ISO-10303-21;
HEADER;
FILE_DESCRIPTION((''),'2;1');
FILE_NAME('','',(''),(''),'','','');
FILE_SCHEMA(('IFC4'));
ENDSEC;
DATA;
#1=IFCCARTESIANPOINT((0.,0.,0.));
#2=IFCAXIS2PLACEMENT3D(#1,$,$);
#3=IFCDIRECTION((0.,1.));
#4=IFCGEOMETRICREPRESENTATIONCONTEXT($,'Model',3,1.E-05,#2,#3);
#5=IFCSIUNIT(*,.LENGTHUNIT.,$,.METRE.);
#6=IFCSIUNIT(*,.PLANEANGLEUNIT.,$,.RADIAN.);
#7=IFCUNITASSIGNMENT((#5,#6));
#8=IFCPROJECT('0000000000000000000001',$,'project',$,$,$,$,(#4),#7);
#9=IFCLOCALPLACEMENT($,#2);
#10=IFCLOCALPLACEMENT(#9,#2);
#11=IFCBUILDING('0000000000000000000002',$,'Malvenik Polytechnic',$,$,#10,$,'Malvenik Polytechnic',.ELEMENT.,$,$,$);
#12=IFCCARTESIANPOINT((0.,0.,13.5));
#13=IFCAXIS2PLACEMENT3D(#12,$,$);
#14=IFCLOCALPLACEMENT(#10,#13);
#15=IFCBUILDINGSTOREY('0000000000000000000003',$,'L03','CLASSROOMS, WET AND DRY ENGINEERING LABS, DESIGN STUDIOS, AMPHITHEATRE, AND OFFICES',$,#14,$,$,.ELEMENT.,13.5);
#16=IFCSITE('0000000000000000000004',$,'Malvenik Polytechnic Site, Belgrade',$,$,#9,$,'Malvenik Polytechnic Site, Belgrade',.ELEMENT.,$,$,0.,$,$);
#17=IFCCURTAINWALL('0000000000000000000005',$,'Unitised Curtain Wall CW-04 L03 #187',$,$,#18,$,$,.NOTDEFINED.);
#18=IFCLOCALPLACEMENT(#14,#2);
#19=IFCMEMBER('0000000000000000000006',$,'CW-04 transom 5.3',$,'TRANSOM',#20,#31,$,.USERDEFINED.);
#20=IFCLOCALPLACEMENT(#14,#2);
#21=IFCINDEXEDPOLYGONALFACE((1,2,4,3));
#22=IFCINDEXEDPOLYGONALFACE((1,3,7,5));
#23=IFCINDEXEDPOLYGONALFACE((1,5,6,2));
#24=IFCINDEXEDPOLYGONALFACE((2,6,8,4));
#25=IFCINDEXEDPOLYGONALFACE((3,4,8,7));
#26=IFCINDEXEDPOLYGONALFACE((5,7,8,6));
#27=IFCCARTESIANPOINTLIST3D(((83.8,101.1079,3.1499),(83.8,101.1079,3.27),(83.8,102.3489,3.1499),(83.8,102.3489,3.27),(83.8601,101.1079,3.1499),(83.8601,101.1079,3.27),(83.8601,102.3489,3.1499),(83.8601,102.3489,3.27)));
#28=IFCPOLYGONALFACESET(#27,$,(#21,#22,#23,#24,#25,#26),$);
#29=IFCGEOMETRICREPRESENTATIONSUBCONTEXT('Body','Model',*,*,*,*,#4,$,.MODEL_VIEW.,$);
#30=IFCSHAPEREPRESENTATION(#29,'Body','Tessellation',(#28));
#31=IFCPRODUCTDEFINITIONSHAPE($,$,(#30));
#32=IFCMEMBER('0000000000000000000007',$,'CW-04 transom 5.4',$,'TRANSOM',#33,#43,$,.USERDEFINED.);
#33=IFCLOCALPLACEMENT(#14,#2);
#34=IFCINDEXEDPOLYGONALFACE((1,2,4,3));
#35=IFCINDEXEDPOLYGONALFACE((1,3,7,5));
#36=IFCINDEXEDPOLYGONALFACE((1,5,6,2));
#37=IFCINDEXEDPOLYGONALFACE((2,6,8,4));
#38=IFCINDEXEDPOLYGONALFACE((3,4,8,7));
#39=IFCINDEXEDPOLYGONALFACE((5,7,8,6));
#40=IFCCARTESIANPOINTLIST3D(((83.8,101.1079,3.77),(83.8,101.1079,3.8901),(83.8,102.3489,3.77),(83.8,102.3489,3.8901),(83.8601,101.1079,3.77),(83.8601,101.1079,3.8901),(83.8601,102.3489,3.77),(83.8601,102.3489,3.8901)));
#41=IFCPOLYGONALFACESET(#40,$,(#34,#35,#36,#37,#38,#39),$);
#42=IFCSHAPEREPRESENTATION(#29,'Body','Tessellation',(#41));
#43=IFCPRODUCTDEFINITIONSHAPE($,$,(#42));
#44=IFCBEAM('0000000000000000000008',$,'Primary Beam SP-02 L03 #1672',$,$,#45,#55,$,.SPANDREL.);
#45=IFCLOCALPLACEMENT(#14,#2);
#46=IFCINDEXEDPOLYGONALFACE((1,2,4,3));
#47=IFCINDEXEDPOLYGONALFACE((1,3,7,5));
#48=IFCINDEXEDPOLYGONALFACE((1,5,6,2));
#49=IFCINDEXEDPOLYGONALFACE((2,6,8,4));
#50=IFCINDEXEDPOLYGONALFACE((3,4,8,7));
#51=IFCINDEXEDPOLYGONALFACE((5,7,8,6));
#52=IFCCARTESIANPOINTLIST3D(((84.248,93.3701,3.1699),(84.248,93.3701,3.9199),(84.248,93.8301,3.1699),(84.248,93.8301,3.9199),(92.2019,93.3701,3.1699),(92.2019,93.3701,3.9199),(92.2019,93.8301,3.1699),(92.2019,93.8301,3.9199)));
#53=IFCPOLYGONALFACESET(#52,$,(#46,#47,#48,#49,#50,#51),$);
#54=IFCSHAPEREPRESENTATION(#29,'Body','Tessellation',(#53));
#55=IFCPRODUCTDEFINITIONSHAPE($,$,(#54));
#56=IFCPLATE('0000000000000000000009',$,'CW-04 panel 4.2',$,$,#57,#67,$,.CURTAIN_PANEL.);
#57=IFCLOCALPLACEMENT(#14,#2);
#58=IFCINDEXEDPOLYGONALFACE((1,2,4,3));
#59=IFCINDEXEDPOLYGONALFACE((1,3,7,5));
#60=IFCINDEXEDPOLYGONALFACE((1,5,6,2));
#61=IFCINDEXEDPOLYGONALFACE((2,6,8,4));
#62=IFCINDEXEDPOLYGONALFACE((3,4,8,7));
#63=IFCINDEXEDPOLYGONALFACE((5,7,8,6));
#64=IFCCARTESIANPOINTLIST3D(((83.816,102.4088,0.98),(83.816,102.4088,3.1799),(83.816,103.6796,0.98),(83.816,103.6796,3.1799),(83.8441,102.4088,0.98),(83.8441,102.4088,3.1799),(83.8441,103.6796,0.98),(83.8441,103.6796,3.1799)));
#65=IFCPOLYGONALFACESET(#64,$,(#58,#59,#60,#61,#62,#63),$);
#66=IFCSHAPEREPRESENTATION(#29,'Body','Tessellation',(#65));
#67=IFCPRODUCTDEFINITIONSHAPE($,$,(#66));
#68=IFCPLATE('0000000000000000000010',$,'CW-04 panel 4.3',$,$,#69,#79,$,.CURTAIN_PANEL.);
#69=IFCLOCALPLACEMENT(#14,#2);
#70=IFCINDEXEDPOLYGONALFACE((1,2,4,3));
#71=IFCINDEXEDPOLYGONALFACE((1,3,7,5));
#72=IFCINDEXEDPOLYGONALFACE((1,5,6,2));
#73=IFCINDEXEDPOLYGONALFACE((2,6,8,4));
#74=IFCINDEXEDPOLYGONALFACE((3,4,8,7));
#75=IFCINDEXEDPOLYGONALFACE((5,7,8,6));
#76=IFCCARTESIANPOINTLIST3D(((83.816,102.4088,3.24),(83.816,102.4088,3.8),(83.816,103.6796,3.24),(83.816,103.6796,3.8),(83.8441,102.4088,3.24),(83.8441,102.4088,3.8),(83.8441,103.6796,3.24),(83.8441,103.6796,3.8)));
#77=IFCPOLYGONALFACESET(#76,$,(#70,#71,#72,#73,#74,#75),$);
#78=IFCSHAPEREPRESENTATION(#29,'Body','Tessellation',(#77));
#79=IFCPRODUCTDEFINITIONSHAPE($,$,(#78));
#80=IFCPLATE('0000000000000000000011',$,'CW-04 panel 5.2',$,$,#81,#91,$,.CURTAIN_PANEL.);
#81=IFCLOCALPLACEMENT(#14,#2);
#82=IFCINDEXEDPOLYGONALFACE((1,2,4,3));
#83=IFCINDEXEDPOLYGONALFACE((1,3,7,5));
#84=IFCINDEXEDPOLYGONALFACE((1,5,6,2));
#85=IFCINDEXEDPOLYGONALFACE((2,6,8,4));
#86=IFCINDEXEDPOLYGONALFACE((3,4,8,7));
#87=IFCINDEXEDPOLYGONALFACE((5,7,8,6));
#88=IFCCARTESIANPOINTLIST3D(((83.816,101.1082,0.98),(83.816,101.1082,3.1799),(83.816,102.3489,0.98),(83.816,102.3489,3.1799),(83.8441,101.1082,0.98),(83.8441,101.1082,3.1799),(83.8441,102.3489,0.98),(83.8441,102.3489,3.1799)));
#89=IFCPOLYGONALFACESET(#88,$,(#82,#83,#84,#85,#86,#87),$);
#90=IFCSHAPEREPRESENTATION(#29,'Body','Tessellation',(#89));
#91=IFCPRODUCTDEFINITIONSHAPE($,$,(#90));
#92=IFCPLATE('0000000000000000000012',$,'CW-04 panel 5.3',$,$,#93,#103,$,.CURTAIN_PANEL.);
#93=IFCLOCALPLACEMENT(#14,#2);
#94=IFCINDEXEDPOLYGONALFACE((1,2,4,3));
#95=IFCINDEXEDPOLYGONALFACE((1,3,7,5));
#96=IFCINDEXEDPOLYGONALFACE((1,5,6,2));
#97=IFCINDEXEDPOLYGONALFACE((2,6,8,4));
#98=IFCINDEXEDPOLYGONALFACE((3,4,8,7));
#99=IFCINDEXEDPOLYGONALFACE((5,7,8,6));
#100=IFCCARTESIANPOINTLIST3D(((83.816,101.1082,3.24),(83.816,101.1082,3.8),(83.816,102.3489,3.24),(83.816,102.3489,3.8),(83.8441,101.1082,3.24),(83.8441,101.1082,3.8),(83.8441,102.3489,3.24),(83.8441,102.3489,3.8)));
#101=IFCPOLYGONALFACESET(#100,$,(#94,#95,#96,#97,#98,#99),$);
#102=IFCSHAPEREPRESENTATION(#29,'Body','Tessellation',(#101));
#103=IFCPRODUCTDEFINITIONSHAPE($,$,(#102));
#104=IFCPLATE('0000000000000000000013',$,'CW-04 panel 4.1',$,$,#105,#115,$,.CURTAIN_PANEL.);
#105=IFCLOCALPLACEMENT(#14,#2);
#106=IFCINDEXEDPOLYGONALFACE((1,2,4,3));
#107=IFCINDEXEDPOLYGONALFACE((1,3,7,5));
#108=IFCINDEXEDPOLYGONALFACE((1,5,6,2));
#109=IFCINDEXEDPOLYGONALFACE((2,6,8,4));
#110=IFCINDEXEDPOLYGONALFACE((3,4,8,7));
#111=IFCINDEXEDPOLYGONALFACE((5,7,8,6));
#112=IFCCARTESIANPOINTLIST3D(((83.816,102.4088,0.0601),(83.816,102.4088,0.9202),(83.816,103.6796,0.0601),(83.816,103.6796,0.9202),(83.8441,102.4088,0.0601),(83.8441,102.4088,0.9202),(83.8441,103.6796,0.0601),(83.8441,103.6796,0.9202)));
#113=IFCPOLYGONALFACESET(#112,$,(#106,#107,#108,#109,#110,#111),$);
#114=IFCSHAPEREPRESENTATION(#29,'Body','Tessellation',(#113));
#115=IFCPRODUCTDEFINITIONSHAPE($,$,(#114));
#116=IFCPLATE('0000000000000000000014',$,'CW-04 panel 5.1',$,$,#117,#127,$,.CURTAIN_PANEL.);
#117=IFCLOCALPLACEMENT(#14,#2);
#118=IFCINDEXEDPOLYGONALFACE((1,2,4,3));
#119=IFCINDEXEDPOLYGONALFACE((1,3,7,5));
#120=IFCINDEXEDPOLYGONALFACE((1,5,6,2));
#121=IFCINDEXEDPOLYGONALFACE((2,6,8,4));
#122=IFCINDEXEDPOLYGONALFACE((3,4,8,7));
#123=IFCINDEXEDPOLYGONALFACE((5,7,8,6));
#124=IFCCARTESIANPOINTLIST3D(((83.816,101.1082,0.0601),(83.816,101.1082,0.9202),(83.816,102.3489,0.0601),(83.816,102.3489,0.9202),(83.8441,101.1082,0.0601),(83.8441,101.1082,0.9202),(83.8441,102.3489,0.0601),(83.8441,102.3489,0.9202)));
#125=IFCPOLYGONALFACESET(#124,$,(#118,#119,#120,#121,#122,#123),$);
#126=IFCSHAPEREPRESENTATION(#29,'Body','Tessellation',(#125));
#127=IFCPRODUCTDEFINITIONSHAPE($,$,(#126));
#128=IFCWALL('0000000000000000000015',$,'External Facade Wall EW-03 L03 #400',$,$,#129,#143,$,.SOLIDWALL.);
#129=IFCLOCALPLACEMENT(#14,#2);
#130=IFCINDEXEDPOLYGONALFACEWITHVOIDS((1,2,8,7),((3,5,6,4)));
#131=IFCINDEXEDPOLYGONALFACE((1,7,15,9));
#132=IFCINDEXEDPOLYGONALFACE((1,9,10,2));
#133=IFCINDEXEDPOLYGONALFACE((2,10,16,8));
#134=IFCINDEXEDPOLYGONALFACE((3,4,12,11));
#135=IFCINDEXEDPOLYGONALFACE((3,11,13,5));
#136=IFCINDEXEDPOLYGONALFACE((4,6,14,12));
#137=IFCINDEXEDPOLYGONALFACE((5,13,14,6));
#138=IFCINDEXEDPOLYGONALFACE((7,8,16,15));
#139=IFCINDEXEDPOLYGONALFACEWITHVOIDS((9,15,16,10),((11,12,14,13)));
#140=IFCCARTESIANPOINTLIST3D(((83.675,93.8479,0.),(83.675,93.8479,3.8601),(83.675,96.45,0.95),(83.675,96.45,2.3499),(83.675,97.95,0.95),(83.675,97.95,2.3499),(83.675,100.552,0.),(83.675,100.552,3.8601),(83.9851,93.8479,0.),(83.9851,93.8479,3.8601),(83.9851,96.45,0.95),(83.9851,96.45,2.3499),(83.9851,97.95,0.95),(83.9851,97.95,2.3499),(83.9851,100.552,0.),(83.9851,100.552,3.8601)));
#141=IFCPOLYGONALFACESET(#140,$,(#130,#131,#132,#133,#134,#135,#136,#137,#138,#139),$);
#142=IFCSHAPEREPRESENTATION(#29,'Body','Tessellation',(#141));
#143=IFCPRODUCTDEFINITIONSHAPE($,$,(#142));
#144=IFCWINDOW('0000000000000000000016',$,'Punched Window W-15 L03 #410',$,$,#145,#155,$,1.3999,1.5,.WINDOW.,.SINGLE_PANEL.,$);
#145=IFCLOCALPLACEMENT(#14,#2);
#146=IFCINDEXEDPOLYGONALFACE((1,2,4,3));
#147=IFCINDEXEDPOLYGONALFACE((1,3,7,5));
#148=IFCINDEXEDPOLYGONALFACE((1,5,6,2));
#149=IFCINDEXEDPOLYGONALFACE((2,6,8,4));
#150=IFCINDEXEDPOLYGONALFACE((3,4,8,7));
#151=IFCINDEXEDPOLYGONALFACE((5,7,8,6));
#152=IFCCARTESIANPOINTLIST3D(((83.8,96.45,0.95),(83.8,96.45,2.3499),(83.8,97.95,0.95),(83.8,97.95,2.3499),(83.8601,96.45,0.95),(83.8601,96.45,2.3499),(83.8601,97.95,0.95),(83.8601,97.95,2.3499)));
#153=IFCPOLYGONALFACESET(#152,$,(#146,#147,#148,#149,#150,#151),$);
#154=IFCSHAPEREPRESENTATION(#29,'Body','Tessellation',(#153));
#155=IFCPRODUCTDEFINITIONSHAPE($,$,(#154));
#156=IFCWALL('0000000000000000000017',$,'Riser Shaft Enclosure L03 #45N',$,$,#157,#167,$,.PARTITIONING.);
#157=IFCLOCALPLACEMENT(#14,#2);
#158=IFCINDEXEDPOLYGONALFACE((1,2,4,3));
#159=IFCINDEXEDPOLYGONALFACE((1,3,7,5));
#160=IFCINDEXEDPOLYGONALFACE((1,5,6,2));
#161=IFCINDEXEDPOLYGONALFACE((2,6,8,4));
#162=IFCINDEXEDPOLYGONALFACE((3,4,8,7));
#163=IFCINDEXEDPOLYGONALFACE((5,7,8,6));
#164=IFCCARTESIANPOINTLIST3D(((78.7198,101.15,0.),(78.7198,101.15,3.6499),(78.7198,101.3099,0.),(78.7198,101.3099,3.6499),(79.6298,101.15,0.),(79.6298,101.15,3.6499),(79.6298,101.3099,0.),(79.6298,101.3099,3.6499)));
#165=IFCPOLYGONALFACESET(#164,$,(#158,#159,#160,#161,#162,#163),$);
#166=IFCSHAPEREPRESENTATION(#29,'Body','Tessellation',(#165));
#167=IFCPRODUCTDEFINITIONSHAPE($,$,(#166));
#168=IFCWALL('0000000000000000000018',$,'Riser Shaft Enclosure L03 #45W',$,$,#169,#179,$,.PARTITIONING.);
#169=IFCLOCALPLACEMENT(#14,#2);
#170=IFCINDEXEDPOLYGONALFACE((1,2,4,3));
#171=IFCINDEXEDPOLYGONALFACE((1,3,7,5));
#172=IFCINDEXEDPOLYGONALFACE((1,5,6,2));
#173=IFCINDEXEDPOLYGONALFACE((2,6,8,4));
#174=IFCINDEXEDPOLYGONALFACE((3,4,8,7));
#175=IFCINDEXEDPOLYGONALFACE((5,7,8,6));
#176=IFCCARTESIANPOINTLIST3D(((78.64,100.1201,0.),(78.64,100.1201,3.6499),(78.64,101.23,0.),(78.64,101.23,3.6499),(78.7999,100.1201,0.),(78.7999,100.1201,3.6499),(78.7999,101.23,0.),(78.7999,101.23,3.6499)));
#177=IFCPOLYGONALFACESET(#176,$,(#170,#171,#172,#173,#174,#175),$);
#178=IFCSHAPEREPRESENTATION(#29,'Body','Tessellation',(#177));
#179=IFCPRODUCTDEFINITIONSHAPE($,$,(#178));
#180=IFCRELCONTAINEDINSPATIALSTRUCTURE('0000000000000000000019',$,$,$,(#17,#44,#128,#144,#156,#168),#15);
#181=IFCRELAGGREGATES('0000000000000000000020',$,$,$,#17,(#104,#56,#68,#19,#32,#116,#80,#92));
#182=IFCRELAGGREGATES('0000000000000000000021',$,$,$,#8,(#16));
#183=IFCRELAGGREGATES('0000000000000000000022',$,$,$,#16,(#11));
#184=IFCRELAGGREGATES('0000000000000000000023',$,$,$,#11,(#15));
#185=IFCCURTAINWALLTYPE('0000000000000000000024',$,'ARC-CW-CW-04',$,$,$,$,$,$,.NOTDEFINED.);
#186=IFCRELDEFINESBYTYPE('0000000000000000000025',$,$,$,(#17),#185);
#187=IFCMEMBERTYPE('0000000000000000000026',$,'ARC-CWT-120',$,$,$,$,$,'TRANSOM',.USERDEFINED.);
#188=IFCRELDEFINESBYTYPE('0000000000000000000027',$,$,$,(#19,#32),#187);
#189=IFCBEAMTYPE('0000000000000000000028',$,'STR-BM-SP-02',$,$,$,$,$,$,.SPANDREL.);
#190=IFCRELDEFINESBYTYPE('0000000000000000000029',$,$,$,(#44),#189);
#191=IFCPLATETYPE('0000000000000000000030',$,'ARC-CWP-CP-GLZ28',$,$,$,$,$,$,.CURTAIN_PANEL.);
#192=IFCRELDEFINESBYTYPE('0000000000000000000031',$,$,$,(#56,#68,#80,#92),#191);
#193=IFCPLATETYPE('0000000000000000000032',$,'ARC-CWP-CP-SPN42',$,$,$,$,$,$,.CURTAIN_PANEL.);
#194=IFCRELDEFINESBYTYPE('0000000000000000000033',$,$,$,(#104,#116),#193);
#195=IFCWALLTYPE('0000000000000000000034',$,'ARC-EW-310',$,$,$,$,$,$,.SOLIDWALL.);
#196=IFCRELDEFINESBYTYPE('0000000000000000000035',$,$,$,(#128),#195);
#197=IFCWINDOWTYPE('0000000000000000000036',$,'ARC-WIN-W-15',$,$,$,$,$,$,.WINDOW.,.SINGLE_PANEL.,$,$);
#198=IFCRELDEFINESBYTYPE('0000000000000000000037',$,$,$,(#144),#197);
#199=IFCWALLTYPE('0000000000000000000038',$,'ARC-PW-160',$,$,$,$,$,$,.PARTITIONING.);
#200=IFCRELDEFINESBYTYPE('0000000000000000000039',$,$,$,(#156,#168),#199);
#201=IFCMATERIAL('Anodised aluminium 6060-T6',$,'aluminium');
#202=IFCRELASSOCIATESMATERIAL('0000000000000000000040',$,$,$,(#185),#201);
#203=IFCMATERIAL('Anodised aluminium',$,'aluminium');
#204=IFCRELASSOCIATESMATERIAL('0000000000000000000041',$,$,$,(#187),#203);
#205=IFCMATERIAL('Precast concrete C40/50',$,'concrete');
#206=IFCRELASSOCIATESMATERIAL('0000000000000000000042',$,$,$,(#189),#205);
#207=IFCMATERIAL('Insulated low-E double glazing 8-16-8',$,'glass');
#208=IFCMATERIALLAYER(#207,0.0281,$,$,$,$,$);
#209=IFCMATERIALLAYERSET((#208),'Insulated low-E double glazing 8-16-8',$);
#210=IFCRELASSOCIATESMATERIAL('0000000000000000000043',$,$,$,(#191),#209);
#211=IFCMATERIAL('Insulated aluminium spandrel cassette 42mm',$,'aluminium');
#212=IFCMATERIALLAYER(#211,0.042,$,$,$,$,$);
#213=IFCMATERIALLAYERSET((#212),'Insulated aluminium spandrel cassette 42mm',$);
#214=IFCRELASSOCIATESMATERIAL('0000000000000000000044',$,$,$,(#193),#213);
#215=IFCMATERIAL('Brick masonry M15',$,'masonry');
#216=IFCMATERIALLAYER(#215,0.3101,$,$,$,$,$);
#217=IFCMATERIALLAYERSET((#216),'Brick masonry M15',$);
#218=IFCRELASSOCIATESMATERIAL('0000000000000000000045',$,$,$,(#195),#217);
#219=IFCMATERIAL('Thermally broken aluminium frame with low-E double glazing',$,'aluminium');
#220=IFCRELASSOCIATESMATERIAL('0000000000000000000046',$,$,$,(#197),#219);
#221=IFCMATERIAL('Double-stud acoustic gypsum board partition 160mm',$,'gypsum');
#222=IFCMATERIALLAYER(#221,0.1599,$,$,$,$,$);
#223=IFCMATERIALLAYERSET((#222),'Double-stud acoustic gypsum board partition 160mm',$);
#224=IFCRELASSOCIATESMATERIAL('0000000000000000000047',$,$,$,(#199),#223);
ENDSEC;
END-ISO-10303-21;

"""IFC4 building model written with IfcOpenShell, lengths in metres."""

from ifc_helpers import new_model, si_unit, direction, frame, frame_2d, origin, origin_2d, place, context, subcontext, project, spatial, rectangle, extrude, material, layer, layer_set, material_profile, profile_set, type_object, element, fill, aggregate, save


model = new_model("IFC4")

# Units and contexts
model_context = context("Model", 3, precision=1e-05, world=origin(), true_north=direction((0.0, 1.0)))
body_context = subcontext(model_context, "Body", "Model", "MODEL_VIEW")
ifc_project = project(units=[si_unit("LENGTHUNIT", "METRE"), si_unit("PLANEANGLEUNIT", "RADIAN")], contexts=[model_context])

# Site, building, storey
site_placement = place(None, origin())
site = spatial("IfcSite", under=ifc_project, at=site_placement, Name="Malvenik Polytechnic Site, Belgrade", LongName="Malvenik Polytechnic Site, Belgrade", CompositionType="ELEMENT", RefElevation=0.0)
building_placement = place(site_placement, origin())
building = spatial("IfcBuilding", under=site, at=building_placement, Name="Malvenik Polytechnic", LongName="Malvenik Polytechnic", CompositionType="ELEMENT")
storey_placement = place(building_placement, frame((0.0, 0.0, 13.5)))
storey = spatial("IfcBuildingStorey", under=building, at=storey_placement, Name="L03", Description="CLASSROOMS, WET AND DRY ENGINEERING LABS, DESIGN STUDIOS, AMPHITHEATRE, AND OFFICES", CompositionType="ELEMENT", Elevation=13.5)

# Curtain wall, members
ifc_material_1 = material(Name="Anodised aluminium 6060-T6", Category="aluminium")
curtain_wall_type = type_object("IfcCurtainWallType", Name="ARC-CW-CW-04", PredefinedType="NOTDEFINED", material=ifc_material_1)
curtain_wall_placement = place(storey_placement, origin())
curtain_wall = element("IfcCurtainWall", 1, at=curtain_wall_placement, inside=storey, type_object=curtain_wall_type, Name="Unitised Curtain Wall CW-04 L03 #187", PredefinedType="NOTDEFINED")
ifc_material_2 = material(Name="Anodised aluminium", Category="aluminium")
ifc_material_profile_1 = material_profile(ifc_material_2, rectangle(XDim=0.0601, YDim=0.1201, at=origin_2d()), Name="ALU TRANSOM 60x120")
ifc_profile_set_1 = profile_set([ifc_material_profile_1], Name="Anodised aluminium")
member_type_1 = type_object("IfcMemberType", Name="ARC-CWT-120", ElementType="TRANSOM", PredefinedType="USERDEFINED", material=ifc_profile_set_1)
member_1_placement = place(storey_placement, frame((83.8301, 102.3489, 3.21), z_axis=(0.0, -1.0, 0.0), x_axis=(1.0, 0.0, 0.0)))
member_1 = element("IfcMember", 2, at=member_1_placement, type_object=member_type_1, Name="CW-04 transom 5.3", ObjectType="TRANSOM", PredefinedType="USERDEFINED", context=body_context, shape_type="SweptSolid", body=[
    extrude(rectangle(XDim=0.0601, YDim=0.1201, at=origin_2d()), origin(), (0.0, 0.0, 1.0), 1.241),
])
member_2_placement = place(storey_placement, frame((83.8301, 102.3489, 3.8301), z_axis=(0.0, -1.0, 0.0), x_axis=(1.0, 0.0, 0.0)))
member_2 = element("IfcMember", 3, at=member_2_placement, type_object=member_type_1, Name="CW-04 transom 5.4", ObjectType="TRANSOM", PredefinedType="USERDEFINED", context=body_context, shape_type="SweptSolid", body=[
    extrude(rectangle(XDim=0.0601, YDim=0.1201, at=origin_2d()), origin(), (0.0, 0.0, 1.0), 1.241),
])

# Beam
ifc_material_3 = material(Name="Precast concrete C40/50", Category="concrete")
ifc_material_profile_2 = material_profile(ifc_material_3, rectangle(XDim=0.46, YDim=0.75, at=origin_2d()), Name="PC SPN 460x750")
ifc_profile_set_2 = profile_set([ifc_material_profile_2], Name="Precast concrete C40/50")
beam_type = type_object("IfcBeamType", Name="STR-BM-SP-02", PredefinedType="SPANDREL", material=ifc_profile_set_2)
beam_placement = place(storey_placement, frame((84.248, 93.6001, 3.5449), z_axis=(1.0, 0.0, 0.0), x_axis=(0.0, 1.0, 0.0)))
element("IfcBeam", 4, at=beam_placement, inside=storey, type_object=beam_type, Name="Primary Beam SP-02 L03 #1672", PredefinedType="SPANDREL", context=body_context, shape_type="SweptSolid", body=[
    extrude(rectangle(XDim=0.46, YDim=0.75, at=origin_2d()), origin(), (0.0, 0.0, 1.0), 7.9539),
])

# Plates
ifc_material_4 = material(Name="Insulated low-E double glazing 8-16-8", Category="glass")
ifc_layer_1 = layer(ifc_material_4, 0.0281)
ifc_layer_set_1 = layer_set([ifc_layer_1], Name="Insulated low-E double glazing 8-16-8")
plate_type_1 = type_object("IfcPlateType", Name="ARC-CWP-CP-GLZ28", PredefinedType="CURTAIN_PANEL", material=ifc_layer_set_1)
plate_1_placement = place(storey_placement, frame((83.8301, 103.0442, 0.98), z_axis=(0.0, 0.0, 1.0), x_axis=(0.0, -1.0, 0.0)))
plate_1 = element("IfcPlate", 5, at=plate_1_placement, type_object=plate_type_1, Name="CW-04 panel 4.2", PredefinedType="CURTAIN_PANEL", context=body_context, shape_type="SweptSolid", body=[
    extrude(rectangle(XDim=1.2708, YDim=0.0281, at=origin_2d()), origin(), (0.0, 0.0, 1.0), 2.2),
])
plate_2_placement = place(storey_placement, frame((83.8301, 103.0442, 3.24), z_axis=(0.0, 0.0, 1.0), x_axis=(0.0, -1.0, 0.0)))
plate_2 = element("IfcPlate", 6, at=plate_2_placement, type_object=plate_type_1, Name="CW-04 panel 4.3", PredefinedType="CURTAIN_PANEL", context=body_context, shape_type="SweptSolid", body=[
    extrude(rectangle(XDim=1.2708, YDim=0.0281, at=origin_2d()), origin(), (0.0, 0.0, 1.0), 0.5601),
])
plate_3_placement = place(storey_placement, frame((83.8301, 101.7285, 0.98), z_axis=(0.0, 0.0, 1.0), x_axis=(0.0, -1.0, 0.0)))
plate_3 = element("IfcPlate", 7, at=plate_3_placement, type_object=plate_type_1, Name="CW-04 panel 5.2", PredefinedType="CURTAIN_PANEL", context=body_context, shape_type="SweptSolid", body=[
    extrude(rectangle(XDim=1.2407, YDim=0.0281, at=origin_2d()), origin(), (0.0, 0.0, 1.0), 2.2),
])
plate_4_placement = place(storey_placement, frame((83.8301, 101.7285, 3.24), z_axis=(0.0, 0.0, 1.0), x_axis=(0.0, -1.0, 0.0)))
plate_4 = element("IfcPlate", 8, at=plate_4_placement, type_object=plate_type_1, Name="CW-04 panel 5.3", PredefinedType="CURTAIN_PANEL", context=body_context, shape_type="SweptSolid", body=[
    extrude(rectangle(XDim=1.2407, YDim=0.0281, at=origin_2d()), origin(), (0.0, 0.0, 1.0), 0.5601),
])
ifc_material_5 = material(Name="Insulated aluminium spandrel cassette 42mm", Category="aluminium")
ifc_layer_2 = layer(ifc_material_5, 0.042)
ifc_layer_set_2 = layer_set([ifc_layer_2], Name="Insulated aluminium spandrel cassette 42mm")
plate_type_2 = type_object("IfcPlateType", Name="ARC-CWP-CP-SPN42", PredefinedType="CURTAIN_PANEL", material=ifc_layer_set_2)
plate_5_placement = place(storey_placement, frame((83.8301, 103.0442, 0.0601), z_axis=(0.0, 0.0, 1.0), x_axis=(0.0, -1.0, 0.0)))
plate_5 = element("IfcPlate", 9, at=plate_5_placement, type_object=plate_type_2, Name="CW-04 panel 4.1", PredefinedType="CURTAIN_PANEL", context=body_context, shape_type="SweptSolid", body=[
    extrude(rectangle(XDim=1.2708, YDim=0.0281, at=origin_2d()), origin(), (0.0, 0.0, 1.0), 0.8601),
])
plate_6_placement = place(storey_placement, frame((83.8301, 101.7285, 0.0601), z_axis=(0.0, 0.0, 1.0), x_axis=(0.0, -1.0, 0.0)))
plate_6 = element("IfcPlate", 10, at=plate_6_placement, type_object=plate_type_2, Name="CW-04 panel 5.1", PredefinedType="CURTAIN_PANEL", context=body_context, shape_type="SweptSolid", body=[
    extrude(rectangle(XDim=1.2407, YDim=0.0281, at=origin_2d()), origin(), (0.0, 0.0, 1.0), 0.8601),
])
aggregate(curtain_wall, [plate_5, plate_1, plate_2, member_1, member_2, plate_6, plate_3, plate_4])

# Wall, opening, window
ifc_material_6 = material(Name="Brick masonry M15", Category="masonry")
ifc_layer_3 = layer(ifc_material_6, 0.3101)
ifc_layer_set_3 = layer_set([ifc_layer_3], Name="Brick masonry M15")
wall_type_1 = type_object("IfcWallType", Name="ARC-EW-310", PredefinedType="SOLIDWALL", material=ifc_layer_set_3)
wall_1_placement = place(storey_placement, frame((83.8301, 100.552, 0.0), z_axis=(0.0, 0.0, 1.0), x_axis=(0.0, -1.0, 0.0)))
wall_1 = element("IfcWall", 11, at=wall_1_placement, inside=storey, type_object=wall_type_1, Name="External Facade Wall EW-03 L03 #400", PredefinedType="SOLIDWALL", context=body_context, shape_type="SweptSolid", body=[
    extrude(rectangle(XDim=6.7041, YDim=0.3101, at=frame_2d((3.3521, 0.0))), origin(), (0.0, 0.0, 1.0), 3.8601),
])
opening_placement = place(wall_1_placement, frame((2.6021, 0.0, 0.95)))
opening = element("IfcOpeningElement", 12, at=opening_placement, cuts=wall_1, PredefinedType="OPENING", context=body_context, shape_type="SweptSolid", body=[
    extrude(rectangle(XDim=1.5, YDim=1.3999, at=frame_2d((0.75, 0.7))), frame((0.0, 0.165, 0.0), z_axis=(0.0, -1.0, 0.0), x_axis=(1.0, 0.0, 0.0)), (0.0, 0.0, 1.0), 0.3301),
])
ifc_material_7 = material(Name="Thermally broken aluminium frame with low-E double glazing", Category="aluminium")
window_type = type_object("IfcWindowType", Name="ARC-WIN-W-15", PartitioningType="SINGLE_PANEL", PredefinedType="WINDOW", material=ifc_material_7)
window_placement = place(opening_placement, origin())
window = element("IfcWindow", 13, at=window_placement, inside=storey, type_object=window_type, Name="Punched Window W-15 L03 #410", OverallHeight=1.3999, OverallWidth=1.5, PartitioningType="SINGLE_PANEL", PredefinedType="WINDOW", context=body_context, shape_type="SweptSolid", body=[
    extrude(rectangle(XDim=1.5, YDim=1.3999, at=frame_2d((0.75, 0.7))), frame((0.0, 0.03, 0.0), z_axis=(0.0, -1.0, 0.0), x_axis=(1.0, 0.0, 0.0)), (0.0, 0.0, 1.0), 0.0601),
])
fill(opening, window)

# Walls
ifc_material_8 = material(Name="Double-stud acoustic gypsum board partition 160mm", Category="gypsum")
ifc_layer_4 = layer(ifc_material_8, 0.1599)
ifc_layer_set_4 = layer_set([ifc_layer_4], Name="Double-stud acoustic gypsum board partition 160mm")
wall_type_2 = type_object("IfcWallType", Name="ARC-PW-160", PredefinedType="PARTITIONING", material=ifc_layer_set_4)
wall_2_placement = place(storey_placement, frame((79.6299, 101.23, 0.0), z_axis=(0.0, 0.0, 1.0), x_axis=(-1.0, 0.0, 0.0)))
element("IfcWall", 14, at=wall_2_placement, inside=storey, type_object=wall_type_2, Name="Riser Shaft Enclosure L03 #45N", PredefinedType="PARTITIONING", context=body_context, shape_type="SweptSolid", body=[
    extrude(rectangle(XDim=0.9099, YDim=0.1599, at=frame_2d((0.4551, 0.0))), origin(), (0.0, 0.0, 1.0), 3.6499),
])
for number, where, z_axis, x_axis, name in (
    (15, (78.72, 101.23, 0.0), (0.0, 0.0, 1.0), (0.0, -1.0, 0.0), "Riser Shaft Enclosure L03 #45W"),
):
    element("IfcWall", number, at=place(storey_placement, frame(where, z_axis=z_axis, x_axis=x_axis)), inside=storey, type_object=wall_type_2, Name=name, PredefinedType="PARTITIONING", context=body_context, shape_type="SweptSolid", body=[
        extrude(rectangle(XDim=1.1099, YDim=0.1599, at=frame_2d((0.5549, 0.0))), origin(), (0.0, 0.0, 1.0), 3.6499),
    ])

save(model, "model.ifc")
